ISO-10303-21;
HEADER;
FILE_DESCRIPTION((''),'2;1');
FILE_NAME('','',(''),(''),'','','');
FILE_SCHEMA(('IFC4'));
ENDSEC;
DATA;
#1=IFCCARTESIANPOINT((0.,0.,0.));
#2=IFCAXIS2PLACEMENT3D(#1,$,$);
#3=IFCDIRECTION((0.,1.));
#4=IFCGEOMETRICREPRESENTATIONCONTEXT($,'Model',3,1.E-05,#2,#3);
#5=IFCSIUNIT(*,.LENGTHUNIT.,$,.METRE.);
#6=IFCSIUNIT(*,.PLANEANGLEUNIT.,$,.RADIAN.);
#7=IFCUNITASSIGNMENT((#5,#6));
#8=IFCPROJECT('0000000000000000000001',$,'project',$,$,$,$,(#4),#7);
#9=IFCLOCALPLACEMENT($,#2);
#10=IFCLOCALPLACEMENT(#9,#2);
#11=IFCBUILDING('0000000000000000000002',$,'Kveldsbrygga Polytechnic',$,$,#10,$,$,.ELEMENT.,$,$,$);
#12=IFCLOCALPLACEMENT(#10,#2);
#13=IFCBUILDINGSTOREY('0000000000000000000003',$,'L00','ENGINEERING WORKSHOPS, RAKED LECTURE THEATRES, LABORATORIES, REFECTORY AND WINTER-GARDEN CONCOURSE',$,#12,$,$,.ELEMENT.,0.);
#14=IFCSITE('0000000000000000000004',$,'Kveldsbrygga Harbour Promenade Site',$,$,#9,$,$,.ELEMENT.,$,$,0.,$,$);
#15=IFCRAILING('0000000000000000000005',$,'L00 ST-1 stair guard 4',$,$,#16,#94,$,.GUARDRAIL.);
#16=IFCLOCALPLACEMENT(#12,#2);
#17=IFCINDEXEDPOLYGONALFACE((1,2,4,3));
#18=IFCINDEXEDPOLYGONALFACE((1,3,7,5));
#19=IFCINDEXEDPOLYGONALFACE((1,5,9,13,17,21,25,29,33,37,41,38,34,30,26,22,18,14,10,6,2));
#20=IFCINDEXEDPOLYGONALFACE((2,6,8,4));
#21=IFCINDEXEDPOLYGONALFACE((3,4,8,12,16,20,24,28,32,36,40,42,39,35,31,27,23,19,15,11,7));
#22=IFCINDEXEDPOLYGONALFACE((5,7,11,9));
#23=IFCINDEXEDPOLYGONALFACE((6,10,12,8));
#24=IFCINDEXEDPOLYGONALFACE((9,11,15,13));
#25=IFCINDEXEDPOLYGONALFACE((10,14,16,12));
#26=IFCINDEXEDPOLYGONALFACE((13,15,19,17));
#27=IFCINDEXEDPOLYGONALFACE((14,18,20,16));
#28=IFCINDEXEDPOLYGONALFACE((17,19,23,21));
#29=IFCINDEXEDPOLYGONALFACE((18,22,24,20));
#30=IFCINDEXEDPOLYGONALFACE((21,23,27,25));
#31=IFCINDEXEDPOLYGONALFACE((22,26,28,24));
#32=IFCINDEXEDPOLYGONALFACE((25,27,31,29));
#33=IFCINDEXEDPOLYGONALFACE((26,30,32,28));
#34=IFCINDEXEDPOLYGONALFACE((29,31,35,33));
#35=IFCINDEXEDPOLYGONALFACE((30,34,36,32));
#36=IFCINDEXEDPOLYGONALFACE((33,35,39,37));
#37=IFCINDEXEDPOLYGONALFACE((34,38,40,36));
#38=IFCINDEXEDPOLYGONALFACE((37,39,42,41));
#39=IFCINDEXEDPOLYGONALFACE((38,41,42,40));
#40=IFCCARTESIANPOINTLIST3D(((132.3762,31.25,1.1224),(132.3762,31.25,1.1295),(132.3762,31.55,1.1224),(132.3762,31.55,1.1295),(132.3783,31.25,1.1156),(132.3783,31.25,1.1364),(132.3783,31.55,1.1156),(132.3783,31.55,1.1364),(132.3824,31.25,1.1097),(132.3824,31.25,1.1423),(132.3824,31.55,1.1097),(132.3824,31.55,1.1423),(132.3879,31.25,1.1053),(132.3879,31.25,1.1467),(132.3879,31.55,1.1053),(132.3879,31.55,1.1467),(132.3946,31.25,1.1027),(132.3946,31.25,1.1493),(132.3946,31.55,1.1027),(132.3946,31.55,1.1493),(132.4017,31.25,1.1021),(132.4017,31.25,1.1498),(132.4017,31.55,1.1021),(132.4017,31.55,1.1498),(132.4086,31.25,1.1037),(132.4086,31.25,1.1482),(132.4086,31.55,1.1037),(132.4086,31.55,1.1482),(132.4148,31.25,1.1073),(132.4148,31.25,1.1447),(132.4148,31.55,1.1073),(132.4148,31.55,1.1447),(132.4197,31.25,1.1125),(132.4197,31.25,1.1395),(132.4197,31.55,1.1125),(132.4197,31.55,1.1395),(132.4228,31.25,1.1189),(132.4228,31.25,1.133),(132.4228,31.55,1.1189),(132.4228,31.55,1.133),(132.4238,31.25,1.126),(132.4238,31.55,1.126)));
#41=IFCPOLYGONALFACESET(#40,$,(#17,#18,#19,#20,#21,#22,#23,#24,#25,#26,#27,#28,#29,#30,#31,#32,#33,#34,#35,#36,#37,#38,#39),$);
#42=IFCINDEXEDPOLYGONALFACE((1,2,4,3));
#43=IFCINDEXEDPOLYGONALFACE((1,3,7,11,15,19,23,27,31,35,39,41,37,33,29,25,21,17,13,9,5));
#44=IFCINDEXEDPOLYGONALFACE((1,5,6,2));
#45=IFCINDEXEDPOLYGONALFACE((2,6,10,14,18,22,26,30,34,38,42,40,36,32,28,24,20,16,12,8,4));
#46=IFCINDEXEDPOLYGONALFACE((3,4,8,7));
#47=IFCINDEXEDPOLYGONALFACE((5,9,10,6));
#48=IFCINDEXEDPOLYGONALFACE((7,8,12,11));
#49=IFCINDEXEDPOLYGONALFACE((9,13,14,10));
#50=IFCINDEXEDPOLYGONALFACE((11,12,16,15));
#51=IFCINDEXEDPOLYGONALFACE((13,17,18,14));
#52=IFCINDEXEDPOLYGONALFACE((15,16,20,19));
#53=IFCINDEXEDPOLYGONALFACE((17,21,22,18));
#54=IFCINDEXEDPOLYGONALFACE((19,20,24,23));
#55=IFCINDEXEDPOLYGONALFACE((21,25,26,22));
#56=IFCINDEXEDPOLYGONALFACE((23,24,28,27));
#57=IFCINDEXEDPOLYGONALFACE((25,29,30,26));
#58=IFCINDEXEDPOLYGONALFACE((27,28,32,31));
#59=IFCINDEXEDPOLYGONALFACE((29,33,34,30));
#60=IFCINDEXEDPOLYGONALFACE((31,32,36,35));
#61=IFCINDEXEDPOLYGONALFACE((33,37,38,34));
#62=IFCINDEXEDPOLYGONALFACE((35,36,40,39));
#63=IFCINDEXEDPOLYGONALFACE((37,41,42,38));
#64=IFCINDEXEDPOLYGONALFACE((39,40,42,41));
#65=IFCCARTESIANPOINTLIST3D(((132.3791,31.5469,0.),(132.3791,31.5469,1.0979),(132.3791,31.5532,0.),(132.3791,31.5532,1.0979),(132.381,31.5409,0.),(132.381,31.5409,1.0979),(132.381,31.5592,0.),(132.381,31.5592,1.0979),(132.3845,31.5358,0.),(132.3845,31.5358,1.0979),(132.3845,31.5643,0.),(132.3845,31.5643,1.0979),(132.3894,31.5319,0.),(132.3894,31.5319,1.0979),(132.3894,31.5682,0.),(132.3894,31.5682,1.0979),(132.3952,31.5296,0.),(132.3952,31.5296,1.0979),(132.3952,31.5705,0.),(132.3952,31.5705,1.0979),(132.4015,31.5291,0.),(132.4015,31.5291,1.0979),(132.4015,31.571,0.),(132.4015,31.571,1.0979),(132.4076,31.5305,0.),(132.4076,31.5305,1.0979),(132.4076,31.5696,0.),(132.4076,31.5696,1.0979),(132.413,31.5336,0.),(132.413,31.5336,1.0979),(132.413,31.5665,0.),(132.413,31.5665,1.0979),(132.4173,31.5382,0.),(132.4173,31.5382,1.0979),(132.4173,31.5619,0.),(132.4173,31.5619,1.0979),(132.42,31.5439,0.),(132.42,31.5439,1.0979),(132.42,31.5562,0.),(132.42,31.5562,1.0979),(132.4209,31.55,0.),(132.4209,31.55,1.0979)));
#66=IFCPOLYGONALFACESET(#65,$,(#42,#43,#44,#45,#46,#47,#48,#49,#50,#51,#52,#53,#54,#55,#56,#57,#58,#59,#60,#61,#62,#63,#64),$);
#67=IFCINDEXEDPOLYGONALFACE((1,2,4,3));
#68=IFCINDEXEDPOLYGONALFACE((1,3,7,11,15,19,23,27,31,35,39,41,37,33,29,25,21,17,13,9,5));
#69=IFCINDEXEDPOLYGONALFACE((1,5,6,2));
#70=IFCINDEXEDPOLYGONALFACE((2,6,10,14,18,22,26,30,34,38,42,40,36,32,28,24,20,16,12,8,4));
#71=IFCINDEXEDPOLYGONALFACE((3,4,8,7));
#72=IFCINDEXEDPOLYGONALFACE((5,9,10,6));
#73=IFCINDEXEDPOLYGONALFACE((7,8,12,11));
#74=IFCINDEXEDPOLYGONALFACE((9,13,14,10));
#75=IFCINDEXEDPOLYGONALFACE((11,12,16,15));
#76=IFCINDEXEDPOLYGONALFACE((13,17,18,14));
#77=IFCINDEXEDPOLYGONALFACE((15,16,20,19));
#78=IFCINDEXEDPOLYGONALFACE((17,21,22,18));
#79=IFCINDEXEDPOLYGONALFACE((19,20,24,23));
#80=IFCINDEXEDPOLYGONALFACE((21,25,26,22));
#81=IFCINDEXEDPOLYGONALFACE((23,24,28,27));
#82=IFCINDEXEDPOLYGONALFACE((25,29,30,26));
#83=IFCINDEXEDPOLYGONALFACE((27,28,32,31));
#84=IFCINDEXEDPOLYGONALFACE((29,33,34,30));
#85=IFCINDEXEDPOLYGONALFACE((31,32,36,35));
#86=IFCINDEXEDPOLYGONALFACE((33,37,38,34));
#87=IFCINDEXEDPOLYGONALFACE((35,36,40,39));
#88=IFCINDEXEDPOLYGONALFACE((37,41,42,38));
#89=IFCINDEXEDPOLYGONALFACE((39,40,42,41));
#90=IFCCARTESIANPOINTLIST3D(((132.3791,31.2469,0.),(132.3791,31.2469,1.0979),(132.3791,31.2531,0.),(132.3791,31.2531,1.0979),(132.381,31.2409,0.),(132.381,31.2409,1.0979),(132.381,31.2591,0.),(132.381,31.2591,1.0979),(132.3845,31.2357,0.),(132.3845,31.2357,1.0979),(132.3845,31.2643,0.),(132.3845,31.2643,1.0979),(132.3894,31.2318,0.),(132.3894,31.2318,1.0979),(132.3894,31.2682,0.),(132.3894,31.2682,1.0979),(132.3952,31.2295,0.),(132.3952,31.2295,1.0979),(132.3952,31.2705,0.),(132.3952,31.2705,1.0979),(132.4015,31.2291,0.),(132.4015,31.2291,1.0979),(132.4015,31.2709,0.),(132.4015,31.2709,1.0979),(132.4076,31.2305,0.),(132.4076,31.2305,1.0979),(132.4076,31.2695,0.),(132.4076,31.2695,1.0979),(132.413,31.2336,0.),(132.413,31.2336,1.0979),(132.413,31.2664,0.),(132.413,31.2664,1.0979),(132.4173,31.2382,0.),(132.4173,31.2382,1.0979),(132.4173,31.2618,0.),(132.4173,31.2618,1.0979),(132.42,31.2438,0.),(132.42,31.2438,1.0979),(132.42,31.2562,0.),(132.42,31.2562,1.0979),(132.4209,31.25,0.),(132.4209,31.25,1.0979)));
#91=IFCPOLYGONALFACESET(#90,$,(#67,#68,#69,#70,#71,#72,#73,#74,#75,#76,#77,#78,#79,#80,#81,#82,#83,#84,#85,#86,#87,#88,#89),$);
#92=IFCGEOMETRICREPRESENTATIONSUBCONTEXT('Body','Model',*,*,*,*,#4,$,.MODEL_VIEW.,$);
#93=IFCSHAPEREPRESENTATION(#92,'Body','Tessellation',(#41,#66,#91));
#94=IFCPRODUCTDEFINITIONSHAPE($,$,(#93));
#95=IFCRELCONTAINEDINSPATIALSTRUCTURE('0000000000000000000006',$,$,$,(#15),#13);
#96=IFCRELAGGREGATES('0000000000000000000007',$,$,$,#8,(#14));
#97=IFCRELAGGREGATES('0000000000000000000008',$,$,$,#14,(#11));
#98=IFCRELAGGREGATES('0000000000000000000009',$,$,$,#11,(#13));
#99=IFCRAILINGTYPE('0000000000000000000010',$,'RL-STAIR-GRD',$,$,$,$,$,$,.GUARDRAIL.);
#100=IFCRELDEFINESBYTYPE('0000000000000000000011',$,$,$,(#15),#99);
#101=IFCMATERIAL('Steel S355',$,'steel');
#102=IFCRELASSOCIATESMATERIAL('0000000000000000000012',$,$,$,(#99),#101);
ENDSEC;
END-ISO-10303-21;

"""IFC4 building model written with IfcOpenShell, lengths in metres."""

from ifc_helpers import new_model, si_unit, direction, frame, origin, origin_2d, place, context, subcontext, project, spatial, circle, extrude, material, type_object, element, save


model = new_model("IFC4")

# Units and contexts
model_context = context("Model", 3, precision=1e-05, world=origin(), true_north=direction((0.0, 1.0)))
body_context = subcontext(model_context, "Body", "Model", "MODEL_VIEW")
ifc_project = project(units=[si_unit("LENGTHUNIT", "METRE"), si_unit("PLANEANGLEUNIT", "RADIAN")], contexts=[model_context])

# Site, building, storey
site_placement = place(None, origin())
site = spatial("IfcSite", under=ifc_project, at=site_placement, Name="Kveldsbrygga Harbour Promenade Site", CompositionType="ELEMENT", RefElevation=0.0)
building_placement = place(site_placement, origin())
building = spatial("IfcBuilding", under=site, at=building_placement, Name="Kveldsbrygga Polytechnic", CompositionType="ELEMENT")
storey_placement = place(building_placement, origin())
storey = spatial("IfcBuildingStorey", under=building, at=storey_placement, Name="L00", Description="ENGINEERING WORKSHOPS, RAKED LECTURE THEATRES, LABORATORIES, REFECTORY AND WINTER-GARDEN CONCOURSE", CompositionType="ELEMENT", Elevation=0.0)

# Railing
ifc_material_1 = material(Name="Steel S355", Category="steel")
railing_type_1 = type_object("IfcRailingType", Name="RL-STAIR-GRD", PredefinedType="GUARDRAIL", material=ifc_material_1)
railing_1_placement = place(storey_placement, frame((132.3999, 31.55, 0.0)))
element("IfcRailing", 1, at=railing_1_placement, inside=storey, type_object=railing_type_1, Name="L00 ST-1 stair guard 4", PredefinedType="GUARDRAIL", context=body_context, shape_type="SweptSolid", body=[
    extrude(circle(Radius=0.0239, at=origin_2d()), frame((0.0, 0.0, 1.126), z_axis=(0.0, -1.0, 0.0), x_axis=(1.0, 0.0, 0.0)), (0.0, 0.0, 1.0), 0.3),
    extrude(circle(Radius=0.021, at=origin_2d()), origin(), (0.0, 0.0, 1.0), 1.0979),
    extrude(circle(Radius=0.021, at=origin_2d()), frame((0.0, -0.3, 0.0)), (0.0, 0.0, 1.0), 1.0979),
])

save(model, "model.ifc")
